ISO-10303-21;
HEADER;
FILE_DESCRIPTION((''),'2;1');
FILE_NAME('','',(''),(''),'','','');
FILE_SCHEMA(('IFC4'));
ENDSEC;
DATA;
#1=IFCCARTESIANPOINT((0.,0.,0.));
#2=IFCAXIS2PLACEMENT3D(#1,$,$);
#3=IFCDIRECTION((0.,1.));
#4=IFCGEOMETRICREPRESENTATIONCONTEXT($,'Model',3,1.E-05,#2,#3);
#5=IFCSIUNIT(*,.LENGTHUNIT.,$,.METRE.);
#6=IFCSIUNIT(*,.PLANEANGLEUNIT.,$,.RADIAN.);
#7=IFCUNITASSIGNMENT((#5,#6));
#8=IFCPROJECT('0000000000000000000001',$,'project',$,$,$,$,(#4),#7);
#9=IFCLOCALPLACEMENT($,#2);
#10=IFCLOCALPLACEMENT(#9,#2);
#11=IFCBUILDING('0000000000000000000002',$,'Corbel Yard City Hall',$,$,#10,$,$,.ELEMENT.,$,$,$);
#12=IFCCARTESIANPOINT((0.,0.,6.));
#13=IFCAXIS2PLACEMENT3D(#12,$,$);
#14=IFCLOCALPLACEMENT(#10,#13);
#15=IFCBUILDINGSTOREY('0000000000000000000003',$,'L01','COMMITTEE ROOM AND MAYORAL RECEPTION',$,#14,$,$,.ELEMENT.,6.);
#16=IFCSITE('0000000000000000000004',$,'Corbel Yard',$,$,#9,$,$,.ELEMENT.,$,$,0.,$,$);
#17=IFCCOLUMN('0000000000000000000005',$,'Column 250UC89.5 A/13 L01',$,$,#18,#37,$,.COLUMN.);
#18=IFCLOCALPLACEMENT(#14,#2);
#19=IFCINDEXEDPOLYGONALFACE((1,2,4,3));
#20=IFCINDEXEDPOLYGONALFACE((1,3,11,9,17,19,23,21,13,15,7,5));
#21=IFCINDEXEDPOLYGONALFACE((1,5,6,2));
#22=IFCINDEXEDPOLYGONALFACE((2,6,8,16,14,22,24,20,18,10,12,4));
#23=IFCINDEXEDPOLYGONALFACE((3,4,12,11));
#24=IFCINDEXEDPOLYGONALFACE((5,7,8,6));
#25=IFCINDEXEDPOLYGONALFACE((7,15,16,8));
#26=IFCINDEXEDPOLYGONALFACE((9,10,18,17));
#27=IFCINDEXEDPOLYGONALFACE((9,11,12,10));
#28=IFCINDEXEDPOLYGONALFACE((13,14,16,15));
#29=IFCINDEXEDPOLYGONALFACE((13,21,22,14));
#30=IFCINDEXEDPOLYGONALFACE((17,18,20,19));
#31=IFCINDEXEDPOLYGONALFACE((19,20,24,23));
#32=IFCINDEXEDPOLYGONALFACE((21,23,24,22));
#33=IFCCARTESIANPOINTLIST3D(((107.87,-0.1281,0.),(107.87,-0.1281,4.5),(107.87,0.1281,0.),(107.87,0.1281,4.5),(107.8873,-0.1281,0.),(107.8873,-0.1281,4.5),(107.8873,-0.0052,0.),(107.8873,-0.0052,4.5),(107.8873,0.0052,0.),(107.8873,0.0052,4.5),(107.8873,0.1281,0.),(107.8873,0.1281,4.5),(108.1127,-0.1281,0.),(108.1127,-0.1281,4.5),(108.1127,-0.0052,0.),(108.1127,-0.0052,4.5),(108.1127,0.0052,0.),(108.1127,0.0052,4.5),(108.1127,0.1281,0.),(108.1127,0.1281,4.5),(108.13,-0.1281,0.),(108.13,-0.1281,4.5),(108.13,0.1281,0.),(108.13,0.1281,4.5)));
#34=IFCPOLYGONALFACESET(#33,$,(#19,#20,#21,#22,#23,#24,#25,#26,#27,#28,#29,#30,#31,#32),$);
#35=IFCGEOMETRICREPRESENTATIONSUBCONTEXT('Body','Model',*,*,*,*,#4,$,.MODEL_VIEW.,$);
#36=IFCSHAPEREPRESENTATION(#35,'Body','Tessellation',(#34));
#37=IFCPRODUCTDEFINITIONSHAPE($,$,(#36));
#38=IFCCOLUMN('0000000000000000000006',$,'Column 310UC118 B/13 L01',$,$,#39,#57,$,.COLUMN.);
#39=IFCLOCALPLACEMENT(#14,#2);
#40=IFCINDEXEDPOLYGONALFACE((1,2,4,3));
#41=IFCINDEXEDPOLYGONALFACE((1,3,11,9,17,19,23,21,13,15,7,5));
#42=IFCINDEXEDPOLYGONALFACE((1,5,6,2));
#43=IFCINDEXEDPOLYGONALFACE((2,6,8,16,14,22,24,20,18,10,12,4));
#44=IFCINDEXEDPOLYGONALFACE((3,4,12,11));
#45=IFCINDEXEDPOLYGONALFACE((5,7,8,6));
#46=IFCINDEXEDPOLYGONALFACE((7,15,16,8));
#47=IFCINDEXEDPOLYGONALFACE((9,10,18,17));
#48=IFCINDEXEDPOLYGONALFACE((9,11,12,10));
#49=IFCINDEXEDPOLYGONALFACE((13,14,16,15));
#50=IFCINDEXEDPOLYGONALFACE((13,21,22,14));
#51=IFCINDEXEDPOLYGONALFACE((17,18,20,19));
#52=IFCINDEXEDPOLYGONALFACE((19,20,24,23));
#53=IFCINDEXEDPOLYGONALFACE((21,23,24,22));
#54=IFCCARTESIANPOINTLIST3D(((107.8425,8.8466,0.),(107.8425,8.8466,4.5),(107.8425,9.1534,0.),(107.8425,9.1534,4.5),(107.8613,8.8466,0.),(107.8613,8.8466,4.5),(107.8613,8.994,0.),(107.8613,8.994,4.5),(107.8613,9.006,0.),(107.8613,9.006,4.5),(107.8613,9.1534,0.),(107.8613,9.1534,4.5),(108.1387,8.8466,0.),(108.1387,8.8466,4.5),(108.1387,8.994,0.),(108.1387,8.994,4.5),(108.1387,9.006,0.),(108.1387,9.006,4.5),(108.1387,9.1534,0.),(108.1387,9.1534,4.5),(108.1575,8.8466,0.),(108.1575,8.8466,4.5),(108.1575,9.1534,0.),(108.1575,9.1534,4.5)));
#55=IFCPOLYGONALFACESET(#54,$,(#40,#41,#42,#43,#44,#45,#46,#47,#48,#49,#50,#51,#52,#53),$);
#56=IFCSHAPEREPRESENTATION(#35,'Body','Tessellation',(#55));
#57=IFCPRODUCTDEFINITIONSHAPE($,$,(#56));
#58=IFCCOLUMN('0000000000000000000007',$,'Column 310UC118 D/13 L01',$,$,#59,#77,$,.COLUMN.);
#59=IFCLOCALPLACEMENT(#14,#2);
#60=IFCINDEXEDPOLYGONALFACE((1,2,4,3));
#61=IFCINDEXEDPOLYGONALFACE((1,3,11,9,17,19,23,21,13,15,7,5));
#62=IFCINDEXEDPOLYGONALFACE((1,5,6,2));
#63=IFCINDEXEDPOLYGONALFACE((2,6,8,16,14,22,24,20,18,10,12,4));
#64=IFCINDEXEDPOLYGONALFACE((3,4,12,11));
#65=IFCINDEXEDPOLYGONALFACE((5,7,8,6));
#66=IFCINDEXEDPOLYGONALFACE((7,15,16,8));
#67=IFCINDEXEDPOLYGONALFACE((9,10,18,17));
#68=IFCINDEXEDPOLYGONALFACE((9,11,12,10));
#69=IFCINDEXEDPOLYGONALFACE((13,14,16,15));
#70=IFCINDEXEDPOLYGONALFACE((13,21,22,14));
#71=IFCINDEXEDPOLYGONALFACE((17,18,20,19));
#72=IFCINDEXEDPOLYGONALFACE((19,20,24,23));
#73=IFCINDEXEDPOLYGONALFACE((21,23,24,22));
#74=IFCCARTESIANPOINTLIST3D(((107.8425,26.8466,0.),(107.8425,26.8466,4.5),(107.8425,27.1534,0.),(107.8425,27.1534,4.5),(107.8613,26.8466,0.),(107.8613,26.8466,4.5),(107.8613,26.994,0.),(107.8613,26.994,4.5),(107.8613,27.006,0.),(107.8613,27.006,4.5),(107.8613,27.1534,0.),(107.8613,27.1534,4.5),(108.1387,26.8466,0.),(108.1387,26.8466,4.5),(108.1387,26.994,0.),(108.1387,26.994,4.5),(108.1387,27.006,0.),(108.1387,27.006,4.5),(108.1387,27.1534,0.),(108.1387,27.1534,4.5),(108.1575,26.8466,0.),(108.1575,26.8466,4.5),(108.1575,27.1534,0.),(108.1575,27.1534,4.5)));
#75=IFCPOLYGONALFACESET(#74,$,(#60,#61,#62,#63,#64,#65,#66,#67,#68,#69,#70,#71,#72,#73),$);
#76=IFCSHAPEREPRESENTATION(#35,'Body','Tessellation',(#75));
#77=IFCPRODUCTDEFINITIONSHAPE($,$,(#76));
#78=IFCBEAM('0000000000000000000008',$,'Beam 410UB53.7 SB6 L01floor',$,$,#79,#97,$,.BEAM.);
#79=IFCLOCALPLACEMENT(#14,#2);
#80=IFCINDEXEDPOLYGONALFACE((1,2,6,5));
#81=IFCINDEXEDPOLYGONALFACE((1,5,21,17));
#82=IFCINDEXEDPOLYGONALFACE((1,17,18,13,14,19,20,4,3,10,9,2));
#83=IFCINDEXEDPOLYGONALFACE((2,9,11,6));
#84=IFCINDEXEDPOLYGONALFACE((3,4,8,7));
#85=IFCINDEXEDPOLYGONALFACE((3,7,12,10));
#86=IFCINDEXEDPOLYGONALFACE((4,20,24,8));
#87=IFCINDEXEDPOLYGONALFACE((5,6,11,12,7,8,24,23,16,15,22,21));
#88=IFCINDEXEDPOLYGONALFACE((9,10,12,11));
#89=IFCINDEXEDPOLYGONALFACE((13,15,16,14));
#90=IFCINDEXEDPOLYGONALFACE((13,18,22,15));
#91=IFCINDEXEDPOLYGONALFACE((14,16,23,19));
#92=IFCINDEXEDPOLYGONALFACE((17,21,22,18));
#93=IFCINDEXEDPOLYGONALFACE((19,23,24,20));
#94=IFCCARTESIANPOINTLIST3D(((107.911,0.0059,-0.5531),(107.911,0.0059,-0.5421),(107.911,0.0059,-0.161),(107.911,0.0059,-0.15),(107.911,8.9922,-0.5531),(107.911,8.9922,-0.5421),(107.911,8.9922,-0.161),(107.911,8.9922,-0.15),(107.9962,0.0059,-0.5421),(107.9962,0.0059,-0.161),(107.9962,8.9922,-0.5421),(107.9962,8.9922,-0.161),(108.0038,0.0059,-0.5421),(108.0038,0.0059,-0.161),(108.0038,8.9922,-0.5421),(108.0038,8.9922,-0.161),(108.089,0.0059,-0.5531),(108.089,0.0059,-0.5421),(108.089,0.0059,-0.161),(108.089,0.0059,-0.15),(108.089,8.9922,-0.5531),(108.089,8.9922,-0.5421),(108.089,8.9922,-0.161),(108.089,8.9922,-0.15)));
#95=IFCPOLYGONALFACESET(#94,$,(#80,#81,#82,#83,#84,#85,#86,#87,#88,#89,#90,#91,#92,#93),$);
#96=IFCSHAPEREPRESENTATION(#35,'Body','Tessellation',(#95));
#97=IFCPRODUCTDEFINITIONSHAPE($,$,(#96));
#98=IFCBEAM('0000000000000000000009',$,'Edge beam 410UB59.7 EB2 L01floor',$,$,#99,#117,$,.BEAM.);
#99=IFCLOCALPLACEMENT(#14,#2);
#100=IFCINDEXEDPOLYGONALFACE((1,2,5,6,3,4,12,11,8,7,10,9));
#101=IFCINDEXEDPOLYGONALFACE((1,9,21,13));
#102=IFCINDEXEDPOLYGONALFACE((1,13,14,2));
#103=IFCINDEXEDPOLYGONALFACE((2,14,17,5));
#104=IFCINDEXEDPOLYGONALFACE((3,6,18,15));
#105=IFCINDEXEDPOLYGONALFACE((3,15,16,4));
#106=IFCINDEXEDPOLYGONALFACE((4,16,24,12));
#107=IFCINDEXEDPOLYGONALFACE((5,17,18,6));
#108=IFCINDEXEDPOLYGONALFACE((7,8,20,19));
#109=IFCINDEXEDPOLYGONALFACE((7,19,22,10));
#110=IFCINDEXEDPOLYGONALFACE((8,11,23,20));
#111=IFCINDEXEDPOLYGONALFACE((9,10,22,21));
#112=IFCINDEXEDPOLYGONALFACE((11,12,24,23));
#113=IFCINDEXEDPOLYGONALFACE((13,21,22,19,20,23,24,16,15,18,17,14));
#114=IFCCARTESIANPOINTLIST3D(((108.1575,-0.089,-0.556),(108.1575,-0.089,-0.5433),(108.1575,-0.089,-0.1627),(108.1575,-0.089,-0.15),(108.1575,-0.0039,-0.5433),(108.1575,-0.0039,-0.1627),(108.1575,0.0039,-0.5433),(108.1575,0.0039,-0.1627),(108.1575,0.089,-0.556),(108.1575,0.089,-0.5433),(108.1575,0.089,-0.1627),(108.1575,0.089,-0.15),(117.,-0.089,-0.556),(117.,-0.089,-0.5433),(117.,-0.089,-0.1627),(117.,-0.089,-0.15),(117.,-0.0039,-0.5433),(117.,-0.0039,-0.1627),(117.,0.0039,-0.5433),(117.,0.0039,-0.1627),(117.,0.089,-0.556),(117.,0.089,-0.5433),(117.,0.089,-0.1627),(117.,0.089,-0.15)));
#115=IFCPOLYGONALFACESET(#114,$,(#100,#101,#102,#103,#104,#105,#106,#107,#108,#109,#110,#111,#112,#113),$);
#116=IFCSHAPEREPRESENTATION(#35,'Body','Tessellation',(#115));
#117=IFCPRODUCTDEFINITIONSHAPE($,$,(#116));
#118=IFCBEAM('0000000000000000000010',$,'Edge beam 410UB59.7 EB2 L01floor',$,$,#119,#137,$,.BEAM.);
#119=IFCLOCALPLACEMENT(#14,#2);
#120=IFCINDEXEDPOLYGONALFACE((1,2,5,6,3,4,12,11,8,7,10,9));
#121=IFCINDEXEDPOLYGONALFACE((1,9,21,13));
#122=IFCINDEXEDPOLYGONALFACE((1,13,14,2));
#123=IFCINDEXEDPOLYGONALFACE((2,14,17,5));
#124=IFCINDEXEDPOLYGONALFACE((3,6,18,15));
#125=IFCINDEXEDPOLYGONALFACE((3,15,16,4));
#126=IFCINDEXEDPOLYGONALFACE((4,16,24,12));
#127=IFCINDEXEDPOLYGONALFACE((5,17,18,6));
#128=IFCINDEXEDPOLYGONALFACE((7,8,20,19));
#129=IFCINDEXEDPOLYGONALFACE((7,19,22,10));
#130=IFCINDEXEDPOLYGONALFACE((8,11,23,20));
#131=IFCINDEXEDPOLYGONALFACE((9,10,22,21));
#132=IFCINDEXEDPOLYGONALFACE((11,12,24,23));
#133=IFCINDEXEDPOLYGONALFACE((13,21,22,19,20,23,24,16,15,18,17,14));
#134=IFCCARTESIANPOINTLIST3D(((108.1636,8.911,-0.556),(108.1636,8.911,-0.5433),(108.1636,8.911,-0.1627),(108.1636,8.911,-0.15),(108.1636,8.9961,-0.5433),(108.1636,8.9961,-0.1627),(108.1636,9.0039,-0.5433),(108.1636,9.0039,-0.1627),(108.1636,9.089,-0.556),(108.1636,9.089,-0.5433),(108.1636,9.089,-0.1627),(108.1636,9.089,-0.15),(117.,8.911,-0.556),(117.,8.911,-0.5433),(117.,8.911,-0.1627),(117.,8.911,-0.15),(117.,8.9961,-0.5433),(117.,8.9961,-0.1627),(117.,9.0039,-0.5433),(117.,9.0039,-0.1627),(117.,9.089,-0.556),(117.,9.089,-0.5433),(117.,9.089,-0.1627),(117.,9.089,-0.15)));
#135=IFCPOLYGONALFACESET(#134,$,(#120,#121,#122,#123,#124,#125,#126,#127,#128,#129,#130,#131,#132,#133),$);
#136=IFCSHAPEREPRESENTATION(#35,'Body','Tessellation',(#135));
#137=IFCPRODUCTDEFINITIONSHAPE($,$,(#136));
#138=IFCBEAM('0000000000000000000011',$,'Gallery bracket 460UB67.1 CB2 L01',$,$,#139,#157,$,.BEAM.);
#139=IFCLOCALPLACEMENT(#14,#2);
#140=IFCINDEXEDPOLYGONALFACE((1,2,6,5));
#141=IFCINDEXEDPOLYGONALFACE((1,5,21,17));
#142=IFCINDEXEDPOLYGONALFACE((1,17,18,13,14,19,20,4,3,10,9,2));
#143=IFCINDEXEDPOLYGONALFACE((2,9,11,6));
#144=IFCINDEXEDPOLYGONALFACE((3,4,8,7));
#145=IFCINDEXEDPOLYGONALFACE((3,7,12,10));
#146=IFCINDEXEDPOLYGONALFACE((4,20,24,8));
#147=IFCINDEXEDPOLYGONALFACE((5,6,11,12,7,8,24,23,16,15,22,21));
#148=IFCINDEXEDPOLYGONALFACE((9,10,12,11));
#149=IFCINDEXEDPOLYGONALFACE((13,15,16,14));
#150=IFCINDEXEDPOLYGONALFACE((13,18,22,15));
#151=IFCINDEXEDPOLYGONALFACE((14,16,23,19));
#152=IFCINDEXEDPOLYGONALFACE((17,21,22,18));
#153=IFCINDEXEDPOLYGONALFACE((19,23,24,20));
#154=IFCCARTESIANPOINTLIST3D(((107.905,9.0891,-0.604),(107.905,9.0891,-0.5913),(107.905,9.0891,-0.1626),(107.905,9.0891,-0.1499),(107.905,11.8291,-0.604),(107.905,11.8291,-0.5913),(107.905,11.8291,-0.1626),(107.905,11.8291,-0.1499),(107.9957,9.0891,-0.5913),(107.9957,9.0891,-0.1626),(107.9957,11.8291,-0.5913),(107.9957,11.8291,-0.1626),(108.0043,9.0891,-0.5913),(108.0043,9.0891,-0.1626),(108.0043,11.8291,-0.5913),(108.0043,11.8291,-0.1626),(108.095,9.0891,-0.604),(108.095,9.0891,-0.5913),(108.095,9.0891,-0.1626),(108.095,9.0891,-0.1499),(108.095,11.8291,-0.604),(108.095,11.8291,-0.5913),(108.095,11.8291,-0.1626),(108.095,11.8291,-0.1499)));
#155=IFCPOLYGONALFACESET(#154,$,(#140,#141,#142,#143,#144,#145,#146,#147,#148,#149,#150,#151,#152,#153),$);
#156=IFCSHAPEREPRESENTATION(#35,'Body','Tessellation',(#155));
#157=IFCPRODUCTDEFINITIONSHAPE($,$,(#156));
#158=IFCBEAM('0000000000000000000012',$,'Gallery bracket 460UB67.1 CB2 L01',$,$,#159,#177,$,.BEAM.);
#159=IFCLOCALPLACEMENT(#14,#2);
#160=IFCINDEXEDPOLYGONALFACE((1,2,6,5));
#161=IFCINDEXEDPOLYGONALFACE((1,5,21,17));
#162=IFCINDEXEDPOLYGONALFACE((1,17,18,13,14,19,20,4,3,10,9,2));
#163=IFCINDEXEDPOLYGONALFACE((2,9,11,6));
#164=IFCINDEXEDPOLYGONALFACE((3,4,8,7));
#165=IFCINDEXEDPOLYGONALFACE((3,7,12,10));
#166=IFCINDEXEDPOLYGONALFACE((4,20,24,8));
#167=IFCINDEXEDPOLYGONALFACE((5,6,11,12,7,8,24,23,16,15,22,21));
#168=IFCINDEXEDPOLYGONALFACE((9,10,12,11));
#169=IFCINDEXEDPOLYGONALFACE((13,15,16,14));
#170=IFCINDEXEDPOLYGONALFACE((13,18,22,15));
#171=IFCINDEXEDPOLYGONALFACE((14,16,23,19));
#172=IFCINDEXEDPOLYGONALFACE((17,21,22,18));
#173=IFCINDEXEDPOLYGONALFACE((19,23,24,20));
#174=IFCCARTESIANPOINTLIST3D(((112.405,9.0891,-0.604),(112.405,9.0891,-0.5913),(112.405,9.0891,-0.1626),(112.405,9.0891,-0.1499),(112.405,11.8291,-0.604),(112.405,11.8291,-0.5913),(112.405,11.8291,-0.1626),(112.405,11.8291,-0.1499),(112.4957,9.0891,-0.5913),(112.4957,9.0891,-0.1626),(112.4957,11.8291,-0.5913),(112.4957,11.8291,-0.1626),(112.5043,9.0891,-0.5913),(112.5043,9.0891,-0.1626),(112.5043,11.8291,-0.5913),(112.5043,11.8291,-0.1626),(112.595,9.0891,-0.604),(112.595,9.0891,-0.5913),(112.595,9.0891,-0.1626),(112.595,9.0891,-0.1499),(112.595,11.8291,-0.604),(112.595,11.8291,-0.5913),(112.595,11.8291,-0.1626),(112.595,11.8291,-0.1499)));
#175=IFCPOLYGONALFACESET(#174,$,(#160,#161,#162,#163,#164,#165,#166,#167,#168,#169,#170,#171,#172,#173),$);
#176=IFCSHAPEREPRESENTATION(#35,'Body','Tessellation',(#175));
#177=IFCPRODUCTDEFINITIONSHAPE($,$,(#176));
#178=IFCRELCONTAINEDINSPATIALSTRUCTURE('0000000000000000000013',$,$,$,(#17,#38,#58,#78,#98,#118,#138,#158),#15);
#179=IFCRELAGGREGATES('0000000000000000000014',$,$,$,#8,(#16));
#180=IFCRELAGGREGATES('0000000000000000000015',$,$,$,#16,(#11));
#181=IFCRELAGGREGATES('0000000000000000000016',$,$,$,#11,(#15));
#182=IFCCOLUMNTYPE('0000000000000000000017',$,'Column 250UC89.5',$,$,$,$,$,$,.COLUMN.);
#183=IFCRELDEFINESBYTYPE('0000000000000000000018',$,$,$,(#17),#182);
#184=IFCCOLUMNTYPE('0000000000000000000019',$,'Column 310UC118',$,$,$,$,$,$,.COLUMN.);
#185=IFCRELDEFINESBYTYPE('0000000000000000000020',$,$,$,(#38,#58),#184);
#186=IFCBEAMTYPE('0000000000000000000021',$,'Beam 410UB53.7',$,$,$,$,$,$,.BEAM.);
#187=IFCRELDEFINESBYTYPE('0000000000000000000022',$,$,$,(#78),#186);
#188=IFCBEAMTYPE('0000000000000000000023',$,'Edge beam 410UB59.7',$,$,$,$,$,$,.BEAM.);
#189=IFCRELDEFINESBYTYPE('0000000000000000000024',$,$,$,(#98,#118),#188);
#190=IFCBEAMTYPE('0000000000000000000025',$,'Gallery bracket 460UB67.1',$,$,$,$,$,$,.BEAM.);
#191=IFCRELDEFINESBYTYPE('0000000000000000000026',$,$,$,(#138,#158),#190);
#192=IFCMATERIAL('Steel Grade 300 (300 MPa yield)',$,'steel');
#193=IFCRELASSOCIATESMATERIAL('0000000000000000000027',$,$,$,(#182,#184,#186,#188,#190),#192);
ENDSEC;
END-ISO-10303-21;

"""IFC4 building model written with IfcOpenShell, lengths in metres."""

from ifc_helpers import new_model, si_unit, direction, frame, origin, origin_2d, place, context, subcontext, project, spatial, i_section, extrude, material, material_profile, profile_set, type_object, element, save


model = new_model("IFC4")

# Units and contexts
model_context = context("Model", 3, precision=1e-05, world=origin(), true_north=direction((0.0, 1.0)))
body_context = subcontext(model_context, "Body", "Model", "MODEL_VIEW")
ifc_project = project(units=[si_unit("LENGTHUNIT", "METRE"), si_unit("PLANEANGLEUNIT", "RADIAN")], contexts=[model_context])

# Site, building, storey
site_placement = place(None, origin())
site = spatial("IfcSite", under=ifc_project, at=site_placement, Name="Corbel Yard", CompositionType="ELEMENT", RefElevation=0.0)
building_placement = place(site_placement, origin())
building = spatial("IfcBuilding", under=site, at=building_placement, Name="Corbel Yard City Hall", CompositionType="ELEMENT")
storey_placement = place(building_placement, frame((0.0, 0.0, 6.0)))
storey = spatial("IfcBuildingStorey", under=building, at=storey_placement, Name="L01", Description="COMMITTEE ROOM AND MAYORAL RECEPTION", CompositionType="ELEMENT", Elevation=6.0)

# Columns
ifc_material_1 = material(Name="Steel Grade 300 (300 MPa yield)", Category="steel")
ifc_material_profile_1 = material_profile(ifc_material_1, i_section(OverallWidth=0.2561, OverallDepth=0.26, WebThickness=0.0105, FlangeThickness=0.0173, at=origin_2d()), Name="250UC89.5")
ifc_profile_set_1 = profile_set([ifc_material_profile_1], Name="Steel Grade 300 (300 MPa yield)")
column_type_1 = type_object("IfcColumnType", Name="Column 250UC89.5", PredefinedType="COLUMN", material=ifc_profile_set_1)
column_placement = place(storey_placement, frame((108.0, 0.0, 0.0), z_axis=(0.0, 0.0, 1.0), x_axis=(0.0, 1.0, 0.0)))
element("IfcColumn", 1, at=column_placement, inside=storey, type_object=column_type_1, Name="Column 250UC89.5 A/13 L01", PredefinedType="COLUMN", context=body_context, shape_type="SweptSolid", body=[
    extrude(i_section(OverallWidth=0.2561, OverallDepth=0.26, WebThickness=0.0105, FlangeThickness=0.0173, at=origin_2d()), origin(), (0.0, 0.0, 1.0), 4.5),
])
ifc_material_profile_2 = material_profile(ifc_material_1, i_section(OverallWidth=0.3069, OverallDepth=0.3149, WebThickness=0.012, FlangeThickness=0.0188, at=origin_2d()), Name="310UC118")
ifc_profile_set_2 = profile_set([ifc_material_profile_2], Name="Steel Grade 300 (300 MPa yield)")
column_type_2 = type_object("IfcColumnType", Name="Column 310UC118", PredefinedType="COLUMN", material=ifc_profile_set_2)
for number, where, z_axis, x_axis, name in (
    (2, (108.0, 9.0, 0.0), (0.0, 0.0, 1.0), (0.0, 1.0, 0.0), "Column 310UC118 B/13 L01"),
    (3, (108.0, 27.0, 0.0), (0.0, 0.0, 1.0), (0.0, 1.0, 0.0), "Column 310UC118 D/13 L01"),
):
    element("IfcColumn", number, at=place(storey_placement, frame(where, z_axis=z_axis, x_axis=x_axis)), inside=storey, type_object=column_type_2, Name=name, PredefinedType="COLUMN", context=body_context, shape_type="SweptSolid", body=[
        extrude(i_section(OverallWidth=0.3069, OverallDepth=0.3149, WebThickness=0.012, FlangeThickness=0.0188, at=origin_2d()), origin(), (0.0, 0.0, 1.0), 4.5),
    ])

# Beams
ifc_material_profile_3 = material_profile(ifc_material_1, i_section(OverallWidth=0.178, OverallDepth=0.4031, WebThickness=0.0076, FlangeThickness=0.011, at=origin_2d()), Name="410UB53.7")
ifc_profile_set_3 = profile_set([ifc_material_profile_3], Name="Steel Grade 300 (300 MPa yield)")
beam_type_1 = type_object("IfcBeamType", Name="Beam 410UB53.7", PredefinedType="BEAM", material=ifc_profile_set_3)
beam_1_placement = place(storey_placement, frame((108.0, 0.0059, -0.3516), z_axis=(0.0, 1.0, 0.0), x_axis=(-1.0, 0.0, 0.0)))
element("IfcBeam", 4, at=beam_1_placement, inside=storey, type_object=beam_type_1, Name="Beam 410UB53.7 SB6 L01floor", PredefinedType="BEAM", context=body_context, shape_type="SweptSolid", body=[
    extrude(i_section(OverallWidth=0.178, OverallDepth=0.4031, WebThickness=0.0076, FlangeThickness=0.011, at=origin_2d()), origin(), (0.0, 0.0, 1.0), 8.9863),
])
ifc_material_profile_4 = material_profile(ifc_material_1, i_section(OverallWidth=0.178, OverallDepth=0.406, WebThickness=0.0078, FlangeThickness=0.0127, at=origin_2d()), Name="410UB59.7")
ifc_profile_set_4 = profile_set([ifc_material_profile_4], Name="Steel Grade 300 (300 MPa yield)")
beam_type_2 = type_object("IfcBeamType", Name="Edge beam 410UB59.7", PredefinedType="BEAM", material=ifc_profile_set_4)
beam_2_placement = place(storey_placement, frame((108.1575, 0.0, -0.353), z_axis=(1.0, 0.0, 0.0), x_axis=(0.0, 1.0, 0.0)))
element("IfcBeam", 5, at=beam_2_placement, inside=storey, type_object=beam_type_2, Name="Edge beam 410UB59.7 EB2 L01floor", PredefinedType="BEAM", context=body_context, shape_type="SweptSolid", body=[
    extrude(i_section(OverallWidth=0.178, OverallDepth=0.406, WebThickness=0.0078, FlangeThickness=0.0127, at=origin_2d()), origin(), (0.0, 0.0, 1.0), 8.8425),
])
beam_3_placement = place(storey_placement, frame((108.1636, 9.0, -0.353), z_axis=(1.0, 0.0, 0.0), x_axis=(0.0, 1.0, 0.0)))
element("IfcBeam", 6, at=beam_3_placement, inside=storey, type_object=beam_type_2, Name="Edge beam 410UB59.7 EB2 L01floor", PredefinedType="BEAM", context=body_context, shape_type="SweptSolid", body=[
    extrude(i_section(OverallWidth=0.178, OverallDepth=0.406, WebThickness=0.0078, FlangeThickness=0.0127, at=origin_2d()), origin(), (0.0, 0.0, 1.0), 8.8364),
])
ifc_material_profile_5 = material_profile(ifc_material_1, i_section(OverallWidth=0.1899, OverallDepth=0.4541, WebThickness=0.0085, FlangeThickness=0.0127, at=origin_2d()), Name="460UB67.1")
ifc_profile_set_5 = profile_set([ifc_material_profile_5], Name="Steel Grade 300 (300 MPa yield)")
beam_type_3 = type_object("IfcBeamType", Name="Gallery bracket 460UB67.1", PredefinedType="BEAM", material=ifc_profile_set_5)
for number, where, z_axis, x_axis, name in (
    (7, (108.0, 9.0891, -0.377), (0.0, 1.0, 0.0), (-1.0, 0.0, 0.0), "Gallery bracket 460UB67.1 CB2 L01"),
    (8, (112.5, 9.0891, -0.377), (0.0, 1.0, 0.0), (-1.0, 0.0, 0.0), "Gallery bracket 460UB67.1 CB2 L01"),
):
    element("IfcBeam", number, at=place(storey_placement, frame(where, z_axis=z_axis, x_axis=x_axis)), inside=storey, type_object=beam_type_3, Name=name, PredefinedType="BEAM", context=body_context, shape_type="SweptSolid", body=[
        extrude(i_section(OverallWidth=0.1899, OverallDepth=0.4541, WebThickness=0.0085, FlangeThickness=0.0127, at=origin_2d()), origin(), (0.0, 0.0, 1.0), 2.74),
    ])

save(model, "model.ifc")
